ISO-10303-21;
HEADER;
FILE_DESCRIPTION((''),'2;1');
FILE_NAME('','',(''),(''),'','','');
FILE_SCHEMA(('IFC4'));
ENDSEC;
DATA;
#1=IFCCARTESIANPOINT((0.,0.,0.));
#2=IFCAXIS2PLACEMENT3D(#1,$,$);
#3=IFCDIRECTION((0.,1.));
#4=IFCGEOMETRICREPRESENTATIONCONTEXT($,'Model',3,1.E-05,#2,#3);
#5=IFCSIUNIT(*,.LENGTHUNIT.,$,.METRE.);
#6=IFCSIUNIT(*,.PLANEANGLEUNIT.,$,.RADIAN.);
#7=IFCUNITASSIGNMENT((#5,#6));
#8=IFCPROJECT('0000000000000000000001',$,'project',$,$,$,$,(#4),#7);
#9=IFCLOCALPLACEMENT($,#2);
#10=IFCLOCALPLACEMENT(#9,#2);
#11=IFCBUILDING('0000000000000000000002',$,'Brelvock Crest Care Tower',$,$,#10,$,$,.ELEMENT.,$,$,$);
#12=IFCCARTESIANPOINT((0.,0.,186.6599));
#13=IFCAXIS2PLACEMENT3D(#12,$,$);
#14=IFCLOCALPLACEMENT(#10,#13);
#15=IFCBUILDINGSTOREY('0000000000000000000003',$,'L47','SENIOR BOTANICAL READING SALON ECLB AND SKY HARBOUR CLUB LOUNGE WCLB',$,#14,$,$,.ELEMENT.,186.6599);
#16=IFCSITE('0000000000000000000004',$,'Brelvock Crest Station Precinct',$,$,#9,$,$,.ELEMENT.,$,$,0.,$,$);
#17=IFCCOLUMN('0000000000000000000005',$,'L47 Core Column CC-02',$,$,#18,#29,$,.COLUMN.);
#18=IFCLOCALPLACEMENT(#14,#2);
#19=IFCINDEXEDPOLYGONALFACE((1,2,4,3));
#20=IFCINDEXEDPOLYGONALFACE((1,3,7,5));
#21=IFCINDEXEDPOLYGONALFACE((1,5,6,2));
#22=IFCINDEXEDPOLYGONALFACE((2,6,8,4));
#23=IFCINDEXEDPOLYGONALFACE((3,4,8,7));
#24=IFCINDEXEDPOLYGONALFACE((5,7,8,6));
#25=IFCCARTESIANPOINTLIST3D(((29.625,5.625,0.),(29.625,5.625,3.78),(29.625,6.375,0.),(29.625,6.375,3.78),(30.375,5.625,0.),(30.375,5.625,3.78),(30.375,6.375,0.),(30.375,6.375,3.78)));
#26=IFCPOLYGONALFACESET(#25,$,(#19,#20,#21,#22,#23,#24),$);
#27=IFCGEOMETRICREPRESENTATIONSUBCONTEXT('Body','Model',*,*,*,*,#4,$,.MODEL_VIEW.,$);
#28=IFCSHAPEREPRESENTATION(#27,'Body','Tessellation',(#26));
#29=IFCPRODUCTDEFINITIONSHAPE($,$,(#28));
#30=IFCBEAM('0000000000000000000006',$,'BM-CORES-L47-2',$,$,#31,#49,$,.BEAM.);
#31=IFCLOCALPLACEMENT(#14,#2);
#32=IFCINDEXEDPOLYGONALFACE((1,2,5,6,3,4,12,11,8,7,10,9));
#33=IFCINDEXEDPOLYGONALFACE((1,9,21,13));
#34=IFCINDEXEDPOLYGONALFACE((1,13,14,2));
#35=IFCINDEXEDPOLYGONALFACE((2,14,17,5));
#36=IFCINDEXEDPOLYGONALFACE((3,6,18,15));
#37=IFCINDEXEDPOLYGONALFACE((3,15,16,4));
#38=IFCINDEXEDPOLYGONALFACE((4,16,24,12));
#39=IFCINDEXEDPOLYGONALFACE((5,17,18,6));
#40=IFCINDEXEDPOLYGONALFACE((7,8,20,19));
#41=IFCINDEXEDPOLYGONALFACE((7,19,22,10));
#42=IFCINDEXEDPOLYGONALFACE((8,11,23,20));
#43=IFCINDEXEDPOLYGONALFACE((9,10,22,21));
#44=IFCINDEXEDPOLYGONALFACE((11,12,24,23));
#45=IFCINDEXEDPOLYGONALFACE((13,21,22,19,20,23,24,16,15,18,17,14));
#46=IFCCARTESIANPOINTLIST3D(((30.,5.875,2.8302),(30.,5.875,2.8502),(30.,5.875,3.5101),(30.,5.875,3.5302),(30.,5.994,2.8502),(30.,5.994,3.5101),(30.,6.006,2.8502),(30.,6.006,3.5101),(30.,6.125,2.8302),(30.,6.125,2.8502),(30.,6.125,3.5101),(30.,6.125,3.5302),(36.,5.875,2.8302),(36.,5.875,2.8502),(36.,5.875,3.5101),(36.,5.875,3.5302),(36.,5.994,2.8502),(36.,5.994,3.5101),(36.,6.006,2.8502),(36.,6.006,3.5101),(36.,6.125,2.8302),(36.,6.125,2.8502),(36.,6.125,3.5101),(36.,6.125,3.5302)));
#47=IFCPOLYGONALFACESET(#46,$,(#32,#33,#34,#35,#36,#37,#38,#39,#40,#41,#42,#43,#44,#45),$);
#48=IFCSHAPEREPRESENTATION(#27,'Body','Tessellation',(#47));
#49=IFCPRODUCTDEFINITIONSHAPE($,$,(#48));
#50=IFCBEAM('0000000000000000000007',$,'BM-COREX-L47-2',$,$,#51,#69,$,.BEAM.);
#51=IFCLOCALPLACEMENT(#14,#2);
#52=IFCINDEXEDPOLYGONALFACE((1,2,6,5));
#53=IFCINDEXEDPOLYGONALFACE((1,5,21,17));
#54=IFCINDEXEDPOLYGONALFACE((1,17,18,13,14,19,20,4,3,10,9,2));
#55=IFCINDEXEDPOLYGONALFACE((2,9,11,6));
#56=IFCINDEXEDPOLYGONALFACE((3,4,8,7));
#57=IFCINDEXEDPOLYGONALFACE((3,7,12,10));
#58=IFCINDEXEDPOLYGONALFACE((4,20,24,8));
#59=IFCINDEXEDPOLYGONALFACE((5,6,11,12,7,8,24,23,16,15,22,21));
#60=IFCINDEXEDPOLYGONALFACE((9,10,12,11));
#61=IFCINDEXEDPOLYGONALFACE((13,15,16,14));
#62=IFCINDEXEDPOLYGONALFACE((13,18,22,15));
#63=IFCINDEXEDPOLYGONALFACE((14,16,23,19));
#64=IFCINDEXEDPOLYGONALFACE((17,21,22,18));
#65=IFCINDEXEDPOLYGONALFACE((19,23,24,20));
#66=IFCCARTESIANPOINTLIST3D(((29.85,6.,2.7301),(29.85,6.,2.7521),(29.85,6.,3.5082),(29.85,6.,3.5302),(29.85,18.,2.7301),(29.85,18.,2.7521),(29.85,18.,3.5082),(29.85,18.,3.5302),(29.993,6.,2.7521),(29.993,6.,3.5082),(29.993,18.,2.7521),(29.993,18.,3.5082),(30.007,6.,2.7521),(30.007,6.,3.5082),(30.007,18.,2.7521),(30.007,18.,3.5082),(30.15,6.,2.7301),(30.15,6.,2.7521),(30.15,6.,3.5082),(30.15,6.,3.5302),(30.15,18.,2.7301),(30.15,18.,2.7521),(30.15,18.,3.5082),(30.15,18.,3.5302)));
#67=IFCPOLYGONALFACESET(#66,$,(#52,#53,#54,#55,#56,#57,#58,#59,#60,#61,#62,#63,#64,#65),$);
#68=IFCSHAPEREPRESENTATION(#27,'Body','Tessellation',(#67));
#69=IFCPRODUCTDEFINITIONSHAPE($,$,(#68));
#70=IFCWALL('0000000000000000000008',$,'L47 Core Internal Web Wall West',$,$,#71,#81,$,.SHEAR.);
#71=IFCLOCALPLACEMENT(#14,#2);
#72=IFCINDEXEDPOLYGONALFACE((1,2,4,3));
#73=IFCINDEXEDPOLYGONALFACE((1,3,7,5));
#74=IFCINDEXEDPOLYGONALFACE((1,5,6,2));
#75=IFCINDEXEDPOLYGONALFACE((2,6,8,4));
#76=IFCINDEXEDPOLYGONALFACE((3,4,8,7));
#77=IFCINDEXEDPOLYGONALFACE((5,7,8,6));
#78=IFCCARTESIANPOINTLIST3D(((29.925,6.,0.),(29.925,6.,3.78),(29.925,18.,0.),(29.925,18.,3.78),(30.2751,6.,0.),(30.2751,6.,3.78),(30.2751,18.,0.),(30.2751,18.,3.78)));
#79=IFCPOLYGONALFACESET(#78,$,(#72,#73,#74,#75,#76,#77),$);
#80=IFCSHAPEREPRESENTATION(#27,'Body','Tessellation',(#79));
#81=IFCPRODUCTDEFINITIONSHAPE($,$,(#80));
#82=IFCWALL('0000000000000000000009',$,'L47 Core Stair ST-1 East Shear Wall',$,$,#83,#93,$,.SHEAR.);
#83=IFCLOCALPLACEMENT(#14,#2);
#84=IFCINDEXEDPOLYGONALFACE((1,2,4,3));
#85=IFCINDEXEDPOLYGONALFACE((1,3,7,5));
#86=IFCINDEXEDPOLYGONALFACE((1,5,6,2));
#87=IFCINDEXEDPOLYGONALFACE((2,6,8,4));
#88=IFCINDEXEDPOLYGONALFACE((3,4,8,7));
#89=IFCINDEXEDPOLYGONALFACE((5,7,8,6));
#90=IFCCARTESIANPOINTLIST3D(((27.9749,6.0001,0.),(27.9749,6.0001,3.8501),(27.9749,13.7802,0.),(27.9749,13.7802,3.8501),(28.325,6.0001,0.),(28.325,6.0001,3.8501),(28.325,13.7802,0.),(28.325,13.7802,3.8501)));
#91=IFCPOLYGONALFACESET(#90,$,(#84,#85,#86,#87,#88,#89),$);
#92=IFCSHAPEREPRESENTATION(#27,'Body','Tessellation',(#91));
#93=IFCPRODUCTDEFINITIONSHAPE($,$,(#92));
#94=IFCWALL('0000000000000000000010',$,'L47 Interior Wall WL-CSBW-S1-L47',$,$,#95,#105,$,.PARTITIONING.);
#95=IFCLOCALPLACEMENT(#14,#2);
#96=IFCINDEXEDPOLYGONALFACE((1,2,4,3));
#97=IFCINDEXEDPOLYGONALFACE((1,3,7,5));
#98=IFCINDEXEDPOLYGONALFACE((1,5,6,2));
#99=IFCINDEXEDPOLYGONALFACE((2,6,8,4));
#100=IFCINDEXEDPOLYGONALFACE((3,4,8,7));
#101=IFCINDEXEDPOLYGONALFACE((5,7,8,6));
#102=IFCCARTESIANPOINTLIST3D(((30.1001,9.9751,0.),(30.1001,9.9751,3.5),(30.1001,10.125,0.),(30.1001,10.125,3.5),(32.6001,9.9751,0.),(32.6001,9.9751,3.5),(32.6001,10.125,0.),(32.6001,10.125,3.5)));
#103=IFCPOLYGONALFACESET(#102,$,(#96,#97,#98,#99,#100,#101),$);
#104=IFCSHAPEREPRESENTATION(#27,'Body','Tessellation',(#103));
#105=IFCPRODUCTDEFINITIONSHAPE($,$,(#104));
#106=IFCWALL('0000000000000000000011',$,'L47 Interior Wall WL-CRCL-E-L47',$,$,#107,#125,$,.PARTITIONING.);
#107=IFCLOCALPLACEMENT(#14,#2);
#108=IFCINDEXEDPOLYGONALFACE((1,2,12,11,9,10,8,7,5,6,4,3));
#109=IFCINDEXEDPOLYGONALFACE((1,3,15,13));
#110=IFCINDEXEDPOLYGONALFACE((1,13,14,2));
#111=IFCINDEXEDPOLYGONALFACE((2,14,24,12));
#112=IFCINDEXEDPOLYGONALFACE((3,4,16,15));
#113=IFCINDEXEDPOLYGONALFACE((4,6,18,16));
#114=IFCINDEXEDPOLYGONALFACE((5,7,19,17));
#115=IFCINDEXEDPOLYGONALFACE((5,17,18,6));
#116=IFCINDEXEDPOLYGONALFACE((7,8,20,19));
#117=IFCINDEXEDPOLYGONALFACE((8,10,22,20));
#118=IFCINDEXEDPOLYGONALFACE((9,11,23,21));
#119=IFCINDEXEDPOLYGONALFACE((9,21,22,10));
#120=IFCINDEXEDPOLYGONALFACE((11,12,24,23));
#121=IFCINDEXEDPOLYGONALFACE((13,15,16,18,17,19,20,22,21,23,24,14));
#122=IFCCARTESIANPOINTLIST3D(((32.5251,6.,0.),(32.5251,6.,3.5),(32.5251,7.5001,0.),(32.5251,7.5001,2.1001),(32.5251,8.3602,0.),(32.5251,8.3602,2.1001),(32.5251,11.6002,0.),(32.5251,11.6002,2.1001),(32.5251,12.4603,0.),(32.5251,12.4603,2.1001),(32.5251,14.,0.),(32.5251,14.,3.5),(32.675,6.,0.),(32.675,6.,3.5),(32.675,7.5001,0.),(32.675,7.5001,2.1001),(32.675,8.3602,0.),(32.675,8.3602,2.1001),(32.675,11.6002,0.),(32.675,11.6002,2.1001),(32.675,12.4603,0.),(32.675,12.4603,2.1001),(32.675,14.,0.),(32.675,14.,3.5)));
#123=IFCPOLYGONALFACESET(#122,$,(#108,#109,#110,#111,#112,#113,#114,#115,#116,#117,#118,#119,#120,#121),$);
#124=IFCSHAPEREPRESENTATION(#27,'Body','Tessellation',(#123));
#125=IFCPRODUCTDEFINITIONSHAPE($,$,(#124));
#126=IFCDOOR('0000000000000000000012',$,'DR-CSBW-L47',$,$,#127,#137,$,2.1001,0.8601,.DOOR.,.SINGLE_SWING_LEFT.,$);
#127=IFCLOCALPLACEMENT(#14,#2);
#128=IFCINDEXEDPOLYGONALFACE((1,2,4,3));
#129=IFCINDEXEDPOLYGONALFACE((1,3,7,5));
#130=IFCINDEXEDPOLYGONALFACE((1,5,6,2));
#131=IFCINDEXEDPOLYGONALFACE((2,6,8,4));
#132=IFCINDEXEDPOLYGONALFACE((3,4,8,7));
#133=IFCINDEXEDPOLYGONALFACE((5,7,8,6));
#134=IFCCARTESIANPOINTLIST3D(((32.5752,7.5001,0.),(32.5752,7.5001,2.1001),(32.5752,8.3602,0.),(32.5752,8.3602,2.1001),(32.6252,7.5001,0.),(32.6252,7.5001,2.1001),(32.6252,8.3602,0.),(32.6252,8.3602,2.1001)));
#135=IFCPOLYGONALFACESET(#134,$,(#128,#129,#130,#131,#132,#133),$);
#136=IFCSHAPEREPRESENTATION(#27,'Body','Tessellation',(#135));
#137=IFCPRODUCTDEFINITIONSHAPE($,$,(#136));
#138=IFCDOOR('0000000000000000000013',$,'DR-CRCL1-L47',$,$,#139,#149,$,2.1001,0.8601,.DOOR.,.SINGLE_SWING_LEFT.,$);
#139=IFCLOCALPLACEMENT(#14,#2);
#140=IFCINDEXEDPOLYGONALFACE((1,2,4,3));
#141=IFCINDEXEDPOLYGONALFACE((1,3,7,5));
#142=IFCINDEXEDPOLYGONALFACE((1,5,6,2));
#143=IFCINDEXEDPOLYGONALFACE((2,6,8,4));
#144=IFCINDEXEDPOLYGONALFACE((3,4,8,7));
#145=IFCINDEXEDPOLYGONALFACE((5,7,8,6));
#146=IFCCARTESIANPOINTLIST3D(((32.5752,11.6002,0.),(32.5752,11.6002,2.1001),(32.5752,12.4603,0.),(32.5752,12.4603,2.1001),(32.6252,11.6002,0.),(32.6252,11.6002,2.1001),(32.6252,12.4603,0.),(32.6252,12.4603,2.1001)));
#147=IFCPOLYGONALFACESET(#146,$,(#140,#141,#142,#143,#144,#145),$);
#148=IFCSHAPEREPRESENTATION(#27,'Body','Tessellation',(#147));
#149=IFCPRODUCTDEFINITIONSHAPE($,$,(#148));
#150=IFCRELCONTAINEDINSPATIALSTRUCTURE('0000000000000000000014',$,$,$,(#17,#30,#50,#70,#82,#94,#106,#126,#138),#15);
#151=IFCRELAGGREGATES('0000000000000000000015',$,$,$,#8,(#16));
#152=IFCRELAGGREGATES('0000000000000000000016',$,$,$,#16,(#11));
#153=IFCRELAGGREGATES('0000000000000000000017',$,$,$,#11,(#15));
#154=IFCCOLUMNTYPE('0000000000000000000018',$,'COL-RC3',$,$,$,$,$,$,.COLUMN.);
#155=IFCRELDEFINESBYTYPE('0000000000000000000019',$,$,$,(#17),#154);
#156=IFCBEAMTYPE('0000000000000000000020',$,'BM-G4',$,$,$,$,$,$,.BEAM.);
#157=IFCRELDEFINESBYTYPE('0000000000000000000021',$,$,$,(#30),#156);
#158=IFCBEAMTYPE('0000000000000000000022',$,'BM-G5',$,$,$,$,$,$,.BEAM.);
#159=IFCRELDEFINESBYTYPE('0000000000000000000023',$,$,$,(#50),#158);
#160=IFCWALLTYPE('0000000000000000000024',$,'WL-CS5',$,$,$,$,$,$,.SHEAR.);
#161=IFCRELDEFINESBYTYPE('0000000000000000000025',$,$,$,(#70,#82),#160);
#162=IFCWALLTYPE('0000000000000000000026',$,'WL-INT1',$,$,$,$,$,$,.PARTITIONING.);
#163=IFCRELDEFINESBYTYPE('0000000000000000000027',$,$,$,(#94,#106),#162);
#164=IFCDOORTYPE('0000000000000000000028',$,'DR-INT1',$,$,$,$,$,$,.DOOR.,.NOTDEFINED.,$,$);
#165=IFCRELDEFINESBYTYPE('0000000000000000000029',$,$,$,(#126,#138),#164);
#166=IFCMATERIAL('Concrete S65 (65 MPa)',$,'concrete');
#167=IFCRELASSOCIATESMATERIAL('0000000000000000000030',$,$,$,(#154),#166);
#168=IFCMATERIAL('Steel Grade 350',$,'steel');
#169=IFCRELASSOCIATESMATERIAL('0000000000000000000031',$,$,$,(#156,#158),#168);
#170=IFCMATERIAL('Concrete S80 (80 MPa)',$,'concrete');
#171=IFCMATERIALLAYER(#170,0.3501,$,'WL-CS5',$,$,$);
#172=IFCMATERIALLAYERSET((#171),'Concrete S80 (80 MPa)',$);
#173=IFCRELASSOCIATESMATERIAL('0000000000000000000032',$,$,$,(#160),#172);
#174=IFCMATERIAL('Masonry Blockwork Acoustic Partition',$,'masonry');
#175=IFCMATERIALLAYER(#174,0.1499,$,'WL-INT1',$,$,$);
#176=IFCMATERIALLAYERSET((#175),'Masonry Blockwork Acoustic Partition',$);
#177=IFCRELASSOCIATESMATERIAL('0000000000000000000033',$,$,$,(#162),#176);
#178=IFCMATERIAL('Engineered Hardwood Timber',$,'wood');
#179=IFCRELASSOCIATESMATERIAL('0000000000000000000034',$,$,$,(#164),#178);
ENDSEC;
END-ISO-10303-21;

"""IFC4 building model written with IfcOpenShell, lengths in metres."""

from ifc_helpers import new_model, si_unit, direction, frame, frame_2d, origin, origin_2d, place, context, subcontext, project, spatial, rectangle, i_section, extrude, source, transform, mapped, material, layer, layer_set, material_profile, profile_set, type_object, element, fill, save


model = new_model("IFC4")

# Units and contexts
model_context = context("Model", 3, precision=1e-05, world=origin(), true_north=direction((0.0, 1.0)))
body_context = subcontext(model_context, "Body", "Model", "MODEL_VIEW")
ifc_project = project(units=[si_unit("LENGTHUNIT", "METRE"), si_unit("PLANEANGLEUNIT", "RADIAN")], contexts=[model_context])

# Site, building, storey
site_placement = place(None, origin())
site = spatial("IfcSite", under=ifc_project, at=site_placement, Name="Brelvock Crest Station Precinct", CompositionType="ELEMENT", RefElevation=0.0)
building_placement = place(site_placement, origin())
building = spatial("IfcBuilding", under=site, at=building_placement, Name="Brelvock Crest Care Tower", CompositionType="ELEMENT")
storey_placement = place(building_placement, frame((0.0, 0.0, 186.6599)))
storey = spatial("IfcBuildingStorey", under=building, at=storey_placement, Name="L47", Description="SENIOR BOTANICAL READING SALON ECLB AND SKY HARBOUR CLUB LOUNGE WCLB", CompositionType="ELEMENT", Elevation=186.6599)

# Column
ifc_material_1 = material(Name="Concrete S65 (65 MPa)", Category="concrete")
ifc_material_profile_1 = material_profile(ifc_material_1, rectangle(XDim=0.75, YDim=0.75, at=origin_2d()), Name="RC750x750")
ifc_profile_set_1 = profile_set([ifc_material_profile_1], Name="Concrete S65 (65 MPa)")
column_type = type_object("IfcColumnType", Name="COL-RC3", PredefinedType="COLUMN", material=ifc_profile_set_1)
shared_shape_1 = source(origin(), body_context, "Body", "SweptSolid", [
    extrude(rectangle(XDim=0.75, YDim=0.75, at=origin_2d()), origin(), (0.0, 0.0, 1.0), 3.78),
])
column_placement = place(storey_placement, frame((30.0, 6.0, 0.0), z_axis=(0.0, 0.0, 1.0), x_axis=(1.0, 0.0, 0.0)))
element("IfcColumn", 1, at=column_placement, inside=storey, type_object=column_type, Name="L47 Core Column CC-02", PredefinedType="COLUMN", context=body_context, shape_type="MappedRepresentation", body=[
    mapped(shared_shape_1, transform((0.0, 0.0, 0.0), x_axis=(1.0, 0.0, 0.0), y_axis=(0.0, 1.0, 0.0), z_axis=(0.0, 0.0, 1.0), scale=1.0)),
])

# Beams
ifc_material_2 = material(Name="Steel Grade 350", Category="steel")
ifc_material_profile_2 = material_profile(ifc_material_2, i_section(OverallWidth=0.25, OverallDepth=0.7, WebThickness=0.012, FlangeThickness=0.02, at=origin_2d()), Name="700WB150")
ifc_profile_set_2 = profile_set([ifc_material_profile_2], Name="Steel Grade 350")
beam_type_1 = type_object("IfcBeamType", Name="BM-G4", PredefinedType="BEAM", material=ifc_profile_set_2)
shared_shape_2 = source(origin(), body_context, "Body", "SweptSolid", [
    extrude(i_section(OverallWidth=0.25, OverallDepth=0.7, WebThickness=0.012, FlangeThickness=0.02, at=origin_2d()), origin(), (0.0, 0.0, 1.0), 6.0),
])
beam_1_placement = place(storey_placement, frame((30.0, 6.0, 3.1802), z_axis=(1.0, 0.0, 0.0), x_axis=(0.0, 1.0, 0.0)))
element("IfcBeam", 2, at=beam_1_placement, inside=storey, type_object=beam_type_1, Name="BM-CORES-L47-2", PredefinedType="BEAM", context=body_context, shape_type="MappedRepresentation", body=[
    mapped(shared_shape_2, transform((0.0, 0.0, 0.0), x_axis=(1.0, 0.0, 0.0), y_axis=(0.0, 1.0, 0.0), z_axis=(0.0, 0.0, 1.0), scale=1.0)),
])
ifc_material_profile_3 = material_profile(ifc_material_2, i_section(OverallWidth=0.3, OverallDepth=0.8, WebThickness=0.0139, FlangeThickness=0.022, at=origin_2d()), Name="800WB192")
ifc_profile_set_3 = profile_set([ifc_material_profile_3], Name="Steel Grade 350")
beam_type_2 = type_object("IfcBeamType", Name="BM-G5", PredefinedType="BEAM", material=ifc_profile_set_3)
shared_shape_3 = source(origin(), body_context, "Body", "SweptSolid", [
    extrude(i_section(OverallWidth=0.3, OverallDepth=0.8, WebThickness=0.0139, FlangeThickness=0.022, at=origin_2d()), origin(), (0.0, 0.0, 1.0), 12.0),
])
beam_2_placement = place(storey_placement, frame((30.0, 6.0, 3.1301), z_axis=(0.0, 1.0, 0.0), x_axis=(-1.0, 0.0, 0.0)))
element("IfcBeam", 3, at=beam_2_placement, inside=storey, type_object=beam_type_2, Name="BM-COREX-L47-2", PredefinedType="BEAM", context=body_context, shape_type="MappedRepresentation", body=[
    mapped(shared_shape_3, transform((0.0, 0.0, 0.0), x_axis=(1.0, 0.0, 0.0), y_axis=(0.0, 1.0, 0.0), z_axis=(0.0, 0.0, 1.0), scale=1.0)),
])

# Walls
ifc_material_3 = material(Name="Concrete S80 (80 MPa)", Category="concrete")
ifc_layer_1 = layer(ifc_material_3, 0.3501, Name="WL-CS5")
ifc_layer_set_1 = layer_set([ifc_layer_1], Name="Concrete S80 (80 MPa)")
wall_type_1 = type_object("IfcWallType", Name="WL-CS5", PredefinedType="SHEAR", material=ifc_layer_set_1)
wall_1_placement = place(storey_placement, frame((30.1001, 6.0, 0.0), z_axis=(0.0, 0.0, 1.0), x_axis=(0.0, 1.0, 0.0)))
element("IfcWall", 4, at=wall_1_placement, inside=storey, type_object=wall_type_1, Name="L47 Core Internal Web Wall West", PredefinedType="SHEAR", context=body_context, shape_type="SweptSolid", body=[
    extrude(rectangle(XDim=12.0, YDim=0.3501, at=frame_2d((6.0, 0.0))), origin(), (0.0, 0.0, 1.0), 3.78),
])
wall_2_placement = place(storey_placement, frame((28.1499, 6.0, 0.0), z_axis=(0.0, 0.0, 1.0), x_axis=(0.0, 1.0, 0.0)))
element("IfcWall", 5, at=wall_2_placement, inside=storey, type_object=wall_type_1, Name="L47 Core Stair ST-1 East Shear Wall", PredefinedType="SHEAR", context=body_context, shape_type="SweptSolid", body=[
    extrude(rectangle(XDim=7.78, YDim=0.3501, at=frame_2d((3.8901, 0.0))), origin(), (0.0, 0.0, 1.0), 3.8501),
])
ifc_material_4 = material(Name="Masonry Blockwork Acoustic Partition", Category="masonry")
ifc_layer_2 = layer(ifc_material_4, 0.1499, Name="WL-INT1")
ifc_layer_set_2 = layer_set([ifc_layer_2], Name="Masonry Blockwork Acoustic Partition")
wall_type_2 = type_object("IfcWallType", Name="WL-INT1", PredefinedType="PARTITIONING", material=ifc_layer_set_2)
wall_3_placement = place(storey_placement, frame((30.1001, 10.05, 0.0), z_axis=(0.0, 0.0, 1.0), x_axis=(1.0, 0.0, 0.0)))
element("IfcWall", 6, at=wall_3_placement, inside=storey, type_object=wall_type_2, Name="L47 Interior Wall WL-CSBW-S1-L47", PredefinedType="PARTITIONING", context=body_context, shape_type="SweptSolid", body=[
    extrude(rectangle(XDim=2.5, YDim=0.1499, at=frame_2d((1.25, 0.0))), origin(), (0.0, 0.0, 1.0), 3.5),
])

# Wall, openings, doors
wall_4_placement = place(storey_placement, frame((32.6001, 6.0, 0.0), z_axis=(0.0, 0.0, 1.0), x_axis=(0.0, 1.0, 0.0)))
wall_4 = element("IfcWall", 7, at=wall_4_placement, inside=storey, type_object=wall_type_2, Name="L47 Interior Wall WL-CRCL-E-L47", PredefinedType="PARTITIONING", context=body_context, shape_type="SweptSolid", body=[
    extrude(rectangle(XDim=8.0, YDim=0.1499, at=frame_2d((4.0, 0.0))), origin(), (0.0, 0.0, 1.0), 3.5),
])
opening_1_placement = place(wall_4_placement, frame((1.5, 0.0, 0.0)))
opening_1 = element("IfcOpeningElement", 8, at=opening_1_placement, cuts=wall_4, PredefinedType="OPENING", context=body_context, shape_type="SweptSolid", body=[
    extrude(rectangle(XDim=0.8601, YDim=2.1001, at=origin_2d()), frame((0.4302, 0.085, 1.05), z_axis=(0.0, -1.0, 0.0), x_axis=(1.0, 0.0, 0.0)), (0.0, 0.0, 1.0), 0.1699),
])
opening_2_placement = place(wall_4_placement, frame((5.6001, 0.0, 0.0)))
opening_2 = element("IfcOpeningElement", 9, at=opening_2_placement, cuts=wall_4, PredefinedType="OPENING", context=body_context, shape_type="SweptSolid", body=[
    extrude(rectangle(XDim=0.8601, YDim=2.1001, at=origin_2d()), frame((0.4302, 0.085, 1.05), z_axis=(0.0, -1.0, 0.0), x_axis=(1.0, 0.0, 0.0)), (0.0, 0.0, 1.0), 0.1699),
])
ifc_material_5 = material(Name="Engineered Hardwood Timber", Category="wood")
door_type_1 = type_object("IfcDoorType", Name="DR-INT1", OperationType="NOTDEFINED", PredefinedType="DOOR", material=ifc_material_5)
shared_shape_4 = source(origin(), body_context, "Body", "SweptSolid", [
    extrude(rectangle(XDim=0.8601, YDim=2.1001, at=origin_2d()), frame((0.4302, 0.0249, 1.05), z_axis=(0.0, -1.0, 0.0), x_axis=(1.0, 0.0, 0.0)), (0.0, 0.0, 1.0), 0.05),
])
door_1_placement = place(opening_1_placement, origin())
door_1 = element("IfcDoor", 10, at=door_1_placement, inside=storey, type_object=door_type_1, Name="DR-CSBW-L47", OperationType="SINGLE_SWING_LEFT", OverallHeight=2.1001, OverallWidth=0.8601, PredefinedType="DOOR", context=body_context, shape_type="MappedRepresentation", body=[
    mapped(shared_shape_4, transform((0.0, 0.0, 0.0), x_axis=(1.0, 0.0, 0.0), y_axis=(0.0, 1.0, 0.0), z_axis=(0.0, 0.0, 1.0), scale=1.0)),
])
fill(opening_1, door_1)
door_2_placement = place(opening_2_placement, origin())
door_2 = element("IfcDoor", 11, at=door_2_placement, inside=storey, type_object=door_type_1, Name="DR-CRCL1-L47", OperationType="SINGLE_SWING_LEFT", OverallHeight=2.1001, OverallWidth=0.8601, PredefinedType="DOOR", context=body_context, shape_type="MappedRepresentation", body=[
    mapped(shared_shape_4, transform((0.0, 0.0, 0.0), x_axis=(1.0, 0.0, 0.0), y_axis=(0.0, 1.0, 0.0), z_axis=(0.0, 0.0, 1.0), scale=1.0)),
])
fill(opening_2, door_2)

save(model, "model.ifc")
